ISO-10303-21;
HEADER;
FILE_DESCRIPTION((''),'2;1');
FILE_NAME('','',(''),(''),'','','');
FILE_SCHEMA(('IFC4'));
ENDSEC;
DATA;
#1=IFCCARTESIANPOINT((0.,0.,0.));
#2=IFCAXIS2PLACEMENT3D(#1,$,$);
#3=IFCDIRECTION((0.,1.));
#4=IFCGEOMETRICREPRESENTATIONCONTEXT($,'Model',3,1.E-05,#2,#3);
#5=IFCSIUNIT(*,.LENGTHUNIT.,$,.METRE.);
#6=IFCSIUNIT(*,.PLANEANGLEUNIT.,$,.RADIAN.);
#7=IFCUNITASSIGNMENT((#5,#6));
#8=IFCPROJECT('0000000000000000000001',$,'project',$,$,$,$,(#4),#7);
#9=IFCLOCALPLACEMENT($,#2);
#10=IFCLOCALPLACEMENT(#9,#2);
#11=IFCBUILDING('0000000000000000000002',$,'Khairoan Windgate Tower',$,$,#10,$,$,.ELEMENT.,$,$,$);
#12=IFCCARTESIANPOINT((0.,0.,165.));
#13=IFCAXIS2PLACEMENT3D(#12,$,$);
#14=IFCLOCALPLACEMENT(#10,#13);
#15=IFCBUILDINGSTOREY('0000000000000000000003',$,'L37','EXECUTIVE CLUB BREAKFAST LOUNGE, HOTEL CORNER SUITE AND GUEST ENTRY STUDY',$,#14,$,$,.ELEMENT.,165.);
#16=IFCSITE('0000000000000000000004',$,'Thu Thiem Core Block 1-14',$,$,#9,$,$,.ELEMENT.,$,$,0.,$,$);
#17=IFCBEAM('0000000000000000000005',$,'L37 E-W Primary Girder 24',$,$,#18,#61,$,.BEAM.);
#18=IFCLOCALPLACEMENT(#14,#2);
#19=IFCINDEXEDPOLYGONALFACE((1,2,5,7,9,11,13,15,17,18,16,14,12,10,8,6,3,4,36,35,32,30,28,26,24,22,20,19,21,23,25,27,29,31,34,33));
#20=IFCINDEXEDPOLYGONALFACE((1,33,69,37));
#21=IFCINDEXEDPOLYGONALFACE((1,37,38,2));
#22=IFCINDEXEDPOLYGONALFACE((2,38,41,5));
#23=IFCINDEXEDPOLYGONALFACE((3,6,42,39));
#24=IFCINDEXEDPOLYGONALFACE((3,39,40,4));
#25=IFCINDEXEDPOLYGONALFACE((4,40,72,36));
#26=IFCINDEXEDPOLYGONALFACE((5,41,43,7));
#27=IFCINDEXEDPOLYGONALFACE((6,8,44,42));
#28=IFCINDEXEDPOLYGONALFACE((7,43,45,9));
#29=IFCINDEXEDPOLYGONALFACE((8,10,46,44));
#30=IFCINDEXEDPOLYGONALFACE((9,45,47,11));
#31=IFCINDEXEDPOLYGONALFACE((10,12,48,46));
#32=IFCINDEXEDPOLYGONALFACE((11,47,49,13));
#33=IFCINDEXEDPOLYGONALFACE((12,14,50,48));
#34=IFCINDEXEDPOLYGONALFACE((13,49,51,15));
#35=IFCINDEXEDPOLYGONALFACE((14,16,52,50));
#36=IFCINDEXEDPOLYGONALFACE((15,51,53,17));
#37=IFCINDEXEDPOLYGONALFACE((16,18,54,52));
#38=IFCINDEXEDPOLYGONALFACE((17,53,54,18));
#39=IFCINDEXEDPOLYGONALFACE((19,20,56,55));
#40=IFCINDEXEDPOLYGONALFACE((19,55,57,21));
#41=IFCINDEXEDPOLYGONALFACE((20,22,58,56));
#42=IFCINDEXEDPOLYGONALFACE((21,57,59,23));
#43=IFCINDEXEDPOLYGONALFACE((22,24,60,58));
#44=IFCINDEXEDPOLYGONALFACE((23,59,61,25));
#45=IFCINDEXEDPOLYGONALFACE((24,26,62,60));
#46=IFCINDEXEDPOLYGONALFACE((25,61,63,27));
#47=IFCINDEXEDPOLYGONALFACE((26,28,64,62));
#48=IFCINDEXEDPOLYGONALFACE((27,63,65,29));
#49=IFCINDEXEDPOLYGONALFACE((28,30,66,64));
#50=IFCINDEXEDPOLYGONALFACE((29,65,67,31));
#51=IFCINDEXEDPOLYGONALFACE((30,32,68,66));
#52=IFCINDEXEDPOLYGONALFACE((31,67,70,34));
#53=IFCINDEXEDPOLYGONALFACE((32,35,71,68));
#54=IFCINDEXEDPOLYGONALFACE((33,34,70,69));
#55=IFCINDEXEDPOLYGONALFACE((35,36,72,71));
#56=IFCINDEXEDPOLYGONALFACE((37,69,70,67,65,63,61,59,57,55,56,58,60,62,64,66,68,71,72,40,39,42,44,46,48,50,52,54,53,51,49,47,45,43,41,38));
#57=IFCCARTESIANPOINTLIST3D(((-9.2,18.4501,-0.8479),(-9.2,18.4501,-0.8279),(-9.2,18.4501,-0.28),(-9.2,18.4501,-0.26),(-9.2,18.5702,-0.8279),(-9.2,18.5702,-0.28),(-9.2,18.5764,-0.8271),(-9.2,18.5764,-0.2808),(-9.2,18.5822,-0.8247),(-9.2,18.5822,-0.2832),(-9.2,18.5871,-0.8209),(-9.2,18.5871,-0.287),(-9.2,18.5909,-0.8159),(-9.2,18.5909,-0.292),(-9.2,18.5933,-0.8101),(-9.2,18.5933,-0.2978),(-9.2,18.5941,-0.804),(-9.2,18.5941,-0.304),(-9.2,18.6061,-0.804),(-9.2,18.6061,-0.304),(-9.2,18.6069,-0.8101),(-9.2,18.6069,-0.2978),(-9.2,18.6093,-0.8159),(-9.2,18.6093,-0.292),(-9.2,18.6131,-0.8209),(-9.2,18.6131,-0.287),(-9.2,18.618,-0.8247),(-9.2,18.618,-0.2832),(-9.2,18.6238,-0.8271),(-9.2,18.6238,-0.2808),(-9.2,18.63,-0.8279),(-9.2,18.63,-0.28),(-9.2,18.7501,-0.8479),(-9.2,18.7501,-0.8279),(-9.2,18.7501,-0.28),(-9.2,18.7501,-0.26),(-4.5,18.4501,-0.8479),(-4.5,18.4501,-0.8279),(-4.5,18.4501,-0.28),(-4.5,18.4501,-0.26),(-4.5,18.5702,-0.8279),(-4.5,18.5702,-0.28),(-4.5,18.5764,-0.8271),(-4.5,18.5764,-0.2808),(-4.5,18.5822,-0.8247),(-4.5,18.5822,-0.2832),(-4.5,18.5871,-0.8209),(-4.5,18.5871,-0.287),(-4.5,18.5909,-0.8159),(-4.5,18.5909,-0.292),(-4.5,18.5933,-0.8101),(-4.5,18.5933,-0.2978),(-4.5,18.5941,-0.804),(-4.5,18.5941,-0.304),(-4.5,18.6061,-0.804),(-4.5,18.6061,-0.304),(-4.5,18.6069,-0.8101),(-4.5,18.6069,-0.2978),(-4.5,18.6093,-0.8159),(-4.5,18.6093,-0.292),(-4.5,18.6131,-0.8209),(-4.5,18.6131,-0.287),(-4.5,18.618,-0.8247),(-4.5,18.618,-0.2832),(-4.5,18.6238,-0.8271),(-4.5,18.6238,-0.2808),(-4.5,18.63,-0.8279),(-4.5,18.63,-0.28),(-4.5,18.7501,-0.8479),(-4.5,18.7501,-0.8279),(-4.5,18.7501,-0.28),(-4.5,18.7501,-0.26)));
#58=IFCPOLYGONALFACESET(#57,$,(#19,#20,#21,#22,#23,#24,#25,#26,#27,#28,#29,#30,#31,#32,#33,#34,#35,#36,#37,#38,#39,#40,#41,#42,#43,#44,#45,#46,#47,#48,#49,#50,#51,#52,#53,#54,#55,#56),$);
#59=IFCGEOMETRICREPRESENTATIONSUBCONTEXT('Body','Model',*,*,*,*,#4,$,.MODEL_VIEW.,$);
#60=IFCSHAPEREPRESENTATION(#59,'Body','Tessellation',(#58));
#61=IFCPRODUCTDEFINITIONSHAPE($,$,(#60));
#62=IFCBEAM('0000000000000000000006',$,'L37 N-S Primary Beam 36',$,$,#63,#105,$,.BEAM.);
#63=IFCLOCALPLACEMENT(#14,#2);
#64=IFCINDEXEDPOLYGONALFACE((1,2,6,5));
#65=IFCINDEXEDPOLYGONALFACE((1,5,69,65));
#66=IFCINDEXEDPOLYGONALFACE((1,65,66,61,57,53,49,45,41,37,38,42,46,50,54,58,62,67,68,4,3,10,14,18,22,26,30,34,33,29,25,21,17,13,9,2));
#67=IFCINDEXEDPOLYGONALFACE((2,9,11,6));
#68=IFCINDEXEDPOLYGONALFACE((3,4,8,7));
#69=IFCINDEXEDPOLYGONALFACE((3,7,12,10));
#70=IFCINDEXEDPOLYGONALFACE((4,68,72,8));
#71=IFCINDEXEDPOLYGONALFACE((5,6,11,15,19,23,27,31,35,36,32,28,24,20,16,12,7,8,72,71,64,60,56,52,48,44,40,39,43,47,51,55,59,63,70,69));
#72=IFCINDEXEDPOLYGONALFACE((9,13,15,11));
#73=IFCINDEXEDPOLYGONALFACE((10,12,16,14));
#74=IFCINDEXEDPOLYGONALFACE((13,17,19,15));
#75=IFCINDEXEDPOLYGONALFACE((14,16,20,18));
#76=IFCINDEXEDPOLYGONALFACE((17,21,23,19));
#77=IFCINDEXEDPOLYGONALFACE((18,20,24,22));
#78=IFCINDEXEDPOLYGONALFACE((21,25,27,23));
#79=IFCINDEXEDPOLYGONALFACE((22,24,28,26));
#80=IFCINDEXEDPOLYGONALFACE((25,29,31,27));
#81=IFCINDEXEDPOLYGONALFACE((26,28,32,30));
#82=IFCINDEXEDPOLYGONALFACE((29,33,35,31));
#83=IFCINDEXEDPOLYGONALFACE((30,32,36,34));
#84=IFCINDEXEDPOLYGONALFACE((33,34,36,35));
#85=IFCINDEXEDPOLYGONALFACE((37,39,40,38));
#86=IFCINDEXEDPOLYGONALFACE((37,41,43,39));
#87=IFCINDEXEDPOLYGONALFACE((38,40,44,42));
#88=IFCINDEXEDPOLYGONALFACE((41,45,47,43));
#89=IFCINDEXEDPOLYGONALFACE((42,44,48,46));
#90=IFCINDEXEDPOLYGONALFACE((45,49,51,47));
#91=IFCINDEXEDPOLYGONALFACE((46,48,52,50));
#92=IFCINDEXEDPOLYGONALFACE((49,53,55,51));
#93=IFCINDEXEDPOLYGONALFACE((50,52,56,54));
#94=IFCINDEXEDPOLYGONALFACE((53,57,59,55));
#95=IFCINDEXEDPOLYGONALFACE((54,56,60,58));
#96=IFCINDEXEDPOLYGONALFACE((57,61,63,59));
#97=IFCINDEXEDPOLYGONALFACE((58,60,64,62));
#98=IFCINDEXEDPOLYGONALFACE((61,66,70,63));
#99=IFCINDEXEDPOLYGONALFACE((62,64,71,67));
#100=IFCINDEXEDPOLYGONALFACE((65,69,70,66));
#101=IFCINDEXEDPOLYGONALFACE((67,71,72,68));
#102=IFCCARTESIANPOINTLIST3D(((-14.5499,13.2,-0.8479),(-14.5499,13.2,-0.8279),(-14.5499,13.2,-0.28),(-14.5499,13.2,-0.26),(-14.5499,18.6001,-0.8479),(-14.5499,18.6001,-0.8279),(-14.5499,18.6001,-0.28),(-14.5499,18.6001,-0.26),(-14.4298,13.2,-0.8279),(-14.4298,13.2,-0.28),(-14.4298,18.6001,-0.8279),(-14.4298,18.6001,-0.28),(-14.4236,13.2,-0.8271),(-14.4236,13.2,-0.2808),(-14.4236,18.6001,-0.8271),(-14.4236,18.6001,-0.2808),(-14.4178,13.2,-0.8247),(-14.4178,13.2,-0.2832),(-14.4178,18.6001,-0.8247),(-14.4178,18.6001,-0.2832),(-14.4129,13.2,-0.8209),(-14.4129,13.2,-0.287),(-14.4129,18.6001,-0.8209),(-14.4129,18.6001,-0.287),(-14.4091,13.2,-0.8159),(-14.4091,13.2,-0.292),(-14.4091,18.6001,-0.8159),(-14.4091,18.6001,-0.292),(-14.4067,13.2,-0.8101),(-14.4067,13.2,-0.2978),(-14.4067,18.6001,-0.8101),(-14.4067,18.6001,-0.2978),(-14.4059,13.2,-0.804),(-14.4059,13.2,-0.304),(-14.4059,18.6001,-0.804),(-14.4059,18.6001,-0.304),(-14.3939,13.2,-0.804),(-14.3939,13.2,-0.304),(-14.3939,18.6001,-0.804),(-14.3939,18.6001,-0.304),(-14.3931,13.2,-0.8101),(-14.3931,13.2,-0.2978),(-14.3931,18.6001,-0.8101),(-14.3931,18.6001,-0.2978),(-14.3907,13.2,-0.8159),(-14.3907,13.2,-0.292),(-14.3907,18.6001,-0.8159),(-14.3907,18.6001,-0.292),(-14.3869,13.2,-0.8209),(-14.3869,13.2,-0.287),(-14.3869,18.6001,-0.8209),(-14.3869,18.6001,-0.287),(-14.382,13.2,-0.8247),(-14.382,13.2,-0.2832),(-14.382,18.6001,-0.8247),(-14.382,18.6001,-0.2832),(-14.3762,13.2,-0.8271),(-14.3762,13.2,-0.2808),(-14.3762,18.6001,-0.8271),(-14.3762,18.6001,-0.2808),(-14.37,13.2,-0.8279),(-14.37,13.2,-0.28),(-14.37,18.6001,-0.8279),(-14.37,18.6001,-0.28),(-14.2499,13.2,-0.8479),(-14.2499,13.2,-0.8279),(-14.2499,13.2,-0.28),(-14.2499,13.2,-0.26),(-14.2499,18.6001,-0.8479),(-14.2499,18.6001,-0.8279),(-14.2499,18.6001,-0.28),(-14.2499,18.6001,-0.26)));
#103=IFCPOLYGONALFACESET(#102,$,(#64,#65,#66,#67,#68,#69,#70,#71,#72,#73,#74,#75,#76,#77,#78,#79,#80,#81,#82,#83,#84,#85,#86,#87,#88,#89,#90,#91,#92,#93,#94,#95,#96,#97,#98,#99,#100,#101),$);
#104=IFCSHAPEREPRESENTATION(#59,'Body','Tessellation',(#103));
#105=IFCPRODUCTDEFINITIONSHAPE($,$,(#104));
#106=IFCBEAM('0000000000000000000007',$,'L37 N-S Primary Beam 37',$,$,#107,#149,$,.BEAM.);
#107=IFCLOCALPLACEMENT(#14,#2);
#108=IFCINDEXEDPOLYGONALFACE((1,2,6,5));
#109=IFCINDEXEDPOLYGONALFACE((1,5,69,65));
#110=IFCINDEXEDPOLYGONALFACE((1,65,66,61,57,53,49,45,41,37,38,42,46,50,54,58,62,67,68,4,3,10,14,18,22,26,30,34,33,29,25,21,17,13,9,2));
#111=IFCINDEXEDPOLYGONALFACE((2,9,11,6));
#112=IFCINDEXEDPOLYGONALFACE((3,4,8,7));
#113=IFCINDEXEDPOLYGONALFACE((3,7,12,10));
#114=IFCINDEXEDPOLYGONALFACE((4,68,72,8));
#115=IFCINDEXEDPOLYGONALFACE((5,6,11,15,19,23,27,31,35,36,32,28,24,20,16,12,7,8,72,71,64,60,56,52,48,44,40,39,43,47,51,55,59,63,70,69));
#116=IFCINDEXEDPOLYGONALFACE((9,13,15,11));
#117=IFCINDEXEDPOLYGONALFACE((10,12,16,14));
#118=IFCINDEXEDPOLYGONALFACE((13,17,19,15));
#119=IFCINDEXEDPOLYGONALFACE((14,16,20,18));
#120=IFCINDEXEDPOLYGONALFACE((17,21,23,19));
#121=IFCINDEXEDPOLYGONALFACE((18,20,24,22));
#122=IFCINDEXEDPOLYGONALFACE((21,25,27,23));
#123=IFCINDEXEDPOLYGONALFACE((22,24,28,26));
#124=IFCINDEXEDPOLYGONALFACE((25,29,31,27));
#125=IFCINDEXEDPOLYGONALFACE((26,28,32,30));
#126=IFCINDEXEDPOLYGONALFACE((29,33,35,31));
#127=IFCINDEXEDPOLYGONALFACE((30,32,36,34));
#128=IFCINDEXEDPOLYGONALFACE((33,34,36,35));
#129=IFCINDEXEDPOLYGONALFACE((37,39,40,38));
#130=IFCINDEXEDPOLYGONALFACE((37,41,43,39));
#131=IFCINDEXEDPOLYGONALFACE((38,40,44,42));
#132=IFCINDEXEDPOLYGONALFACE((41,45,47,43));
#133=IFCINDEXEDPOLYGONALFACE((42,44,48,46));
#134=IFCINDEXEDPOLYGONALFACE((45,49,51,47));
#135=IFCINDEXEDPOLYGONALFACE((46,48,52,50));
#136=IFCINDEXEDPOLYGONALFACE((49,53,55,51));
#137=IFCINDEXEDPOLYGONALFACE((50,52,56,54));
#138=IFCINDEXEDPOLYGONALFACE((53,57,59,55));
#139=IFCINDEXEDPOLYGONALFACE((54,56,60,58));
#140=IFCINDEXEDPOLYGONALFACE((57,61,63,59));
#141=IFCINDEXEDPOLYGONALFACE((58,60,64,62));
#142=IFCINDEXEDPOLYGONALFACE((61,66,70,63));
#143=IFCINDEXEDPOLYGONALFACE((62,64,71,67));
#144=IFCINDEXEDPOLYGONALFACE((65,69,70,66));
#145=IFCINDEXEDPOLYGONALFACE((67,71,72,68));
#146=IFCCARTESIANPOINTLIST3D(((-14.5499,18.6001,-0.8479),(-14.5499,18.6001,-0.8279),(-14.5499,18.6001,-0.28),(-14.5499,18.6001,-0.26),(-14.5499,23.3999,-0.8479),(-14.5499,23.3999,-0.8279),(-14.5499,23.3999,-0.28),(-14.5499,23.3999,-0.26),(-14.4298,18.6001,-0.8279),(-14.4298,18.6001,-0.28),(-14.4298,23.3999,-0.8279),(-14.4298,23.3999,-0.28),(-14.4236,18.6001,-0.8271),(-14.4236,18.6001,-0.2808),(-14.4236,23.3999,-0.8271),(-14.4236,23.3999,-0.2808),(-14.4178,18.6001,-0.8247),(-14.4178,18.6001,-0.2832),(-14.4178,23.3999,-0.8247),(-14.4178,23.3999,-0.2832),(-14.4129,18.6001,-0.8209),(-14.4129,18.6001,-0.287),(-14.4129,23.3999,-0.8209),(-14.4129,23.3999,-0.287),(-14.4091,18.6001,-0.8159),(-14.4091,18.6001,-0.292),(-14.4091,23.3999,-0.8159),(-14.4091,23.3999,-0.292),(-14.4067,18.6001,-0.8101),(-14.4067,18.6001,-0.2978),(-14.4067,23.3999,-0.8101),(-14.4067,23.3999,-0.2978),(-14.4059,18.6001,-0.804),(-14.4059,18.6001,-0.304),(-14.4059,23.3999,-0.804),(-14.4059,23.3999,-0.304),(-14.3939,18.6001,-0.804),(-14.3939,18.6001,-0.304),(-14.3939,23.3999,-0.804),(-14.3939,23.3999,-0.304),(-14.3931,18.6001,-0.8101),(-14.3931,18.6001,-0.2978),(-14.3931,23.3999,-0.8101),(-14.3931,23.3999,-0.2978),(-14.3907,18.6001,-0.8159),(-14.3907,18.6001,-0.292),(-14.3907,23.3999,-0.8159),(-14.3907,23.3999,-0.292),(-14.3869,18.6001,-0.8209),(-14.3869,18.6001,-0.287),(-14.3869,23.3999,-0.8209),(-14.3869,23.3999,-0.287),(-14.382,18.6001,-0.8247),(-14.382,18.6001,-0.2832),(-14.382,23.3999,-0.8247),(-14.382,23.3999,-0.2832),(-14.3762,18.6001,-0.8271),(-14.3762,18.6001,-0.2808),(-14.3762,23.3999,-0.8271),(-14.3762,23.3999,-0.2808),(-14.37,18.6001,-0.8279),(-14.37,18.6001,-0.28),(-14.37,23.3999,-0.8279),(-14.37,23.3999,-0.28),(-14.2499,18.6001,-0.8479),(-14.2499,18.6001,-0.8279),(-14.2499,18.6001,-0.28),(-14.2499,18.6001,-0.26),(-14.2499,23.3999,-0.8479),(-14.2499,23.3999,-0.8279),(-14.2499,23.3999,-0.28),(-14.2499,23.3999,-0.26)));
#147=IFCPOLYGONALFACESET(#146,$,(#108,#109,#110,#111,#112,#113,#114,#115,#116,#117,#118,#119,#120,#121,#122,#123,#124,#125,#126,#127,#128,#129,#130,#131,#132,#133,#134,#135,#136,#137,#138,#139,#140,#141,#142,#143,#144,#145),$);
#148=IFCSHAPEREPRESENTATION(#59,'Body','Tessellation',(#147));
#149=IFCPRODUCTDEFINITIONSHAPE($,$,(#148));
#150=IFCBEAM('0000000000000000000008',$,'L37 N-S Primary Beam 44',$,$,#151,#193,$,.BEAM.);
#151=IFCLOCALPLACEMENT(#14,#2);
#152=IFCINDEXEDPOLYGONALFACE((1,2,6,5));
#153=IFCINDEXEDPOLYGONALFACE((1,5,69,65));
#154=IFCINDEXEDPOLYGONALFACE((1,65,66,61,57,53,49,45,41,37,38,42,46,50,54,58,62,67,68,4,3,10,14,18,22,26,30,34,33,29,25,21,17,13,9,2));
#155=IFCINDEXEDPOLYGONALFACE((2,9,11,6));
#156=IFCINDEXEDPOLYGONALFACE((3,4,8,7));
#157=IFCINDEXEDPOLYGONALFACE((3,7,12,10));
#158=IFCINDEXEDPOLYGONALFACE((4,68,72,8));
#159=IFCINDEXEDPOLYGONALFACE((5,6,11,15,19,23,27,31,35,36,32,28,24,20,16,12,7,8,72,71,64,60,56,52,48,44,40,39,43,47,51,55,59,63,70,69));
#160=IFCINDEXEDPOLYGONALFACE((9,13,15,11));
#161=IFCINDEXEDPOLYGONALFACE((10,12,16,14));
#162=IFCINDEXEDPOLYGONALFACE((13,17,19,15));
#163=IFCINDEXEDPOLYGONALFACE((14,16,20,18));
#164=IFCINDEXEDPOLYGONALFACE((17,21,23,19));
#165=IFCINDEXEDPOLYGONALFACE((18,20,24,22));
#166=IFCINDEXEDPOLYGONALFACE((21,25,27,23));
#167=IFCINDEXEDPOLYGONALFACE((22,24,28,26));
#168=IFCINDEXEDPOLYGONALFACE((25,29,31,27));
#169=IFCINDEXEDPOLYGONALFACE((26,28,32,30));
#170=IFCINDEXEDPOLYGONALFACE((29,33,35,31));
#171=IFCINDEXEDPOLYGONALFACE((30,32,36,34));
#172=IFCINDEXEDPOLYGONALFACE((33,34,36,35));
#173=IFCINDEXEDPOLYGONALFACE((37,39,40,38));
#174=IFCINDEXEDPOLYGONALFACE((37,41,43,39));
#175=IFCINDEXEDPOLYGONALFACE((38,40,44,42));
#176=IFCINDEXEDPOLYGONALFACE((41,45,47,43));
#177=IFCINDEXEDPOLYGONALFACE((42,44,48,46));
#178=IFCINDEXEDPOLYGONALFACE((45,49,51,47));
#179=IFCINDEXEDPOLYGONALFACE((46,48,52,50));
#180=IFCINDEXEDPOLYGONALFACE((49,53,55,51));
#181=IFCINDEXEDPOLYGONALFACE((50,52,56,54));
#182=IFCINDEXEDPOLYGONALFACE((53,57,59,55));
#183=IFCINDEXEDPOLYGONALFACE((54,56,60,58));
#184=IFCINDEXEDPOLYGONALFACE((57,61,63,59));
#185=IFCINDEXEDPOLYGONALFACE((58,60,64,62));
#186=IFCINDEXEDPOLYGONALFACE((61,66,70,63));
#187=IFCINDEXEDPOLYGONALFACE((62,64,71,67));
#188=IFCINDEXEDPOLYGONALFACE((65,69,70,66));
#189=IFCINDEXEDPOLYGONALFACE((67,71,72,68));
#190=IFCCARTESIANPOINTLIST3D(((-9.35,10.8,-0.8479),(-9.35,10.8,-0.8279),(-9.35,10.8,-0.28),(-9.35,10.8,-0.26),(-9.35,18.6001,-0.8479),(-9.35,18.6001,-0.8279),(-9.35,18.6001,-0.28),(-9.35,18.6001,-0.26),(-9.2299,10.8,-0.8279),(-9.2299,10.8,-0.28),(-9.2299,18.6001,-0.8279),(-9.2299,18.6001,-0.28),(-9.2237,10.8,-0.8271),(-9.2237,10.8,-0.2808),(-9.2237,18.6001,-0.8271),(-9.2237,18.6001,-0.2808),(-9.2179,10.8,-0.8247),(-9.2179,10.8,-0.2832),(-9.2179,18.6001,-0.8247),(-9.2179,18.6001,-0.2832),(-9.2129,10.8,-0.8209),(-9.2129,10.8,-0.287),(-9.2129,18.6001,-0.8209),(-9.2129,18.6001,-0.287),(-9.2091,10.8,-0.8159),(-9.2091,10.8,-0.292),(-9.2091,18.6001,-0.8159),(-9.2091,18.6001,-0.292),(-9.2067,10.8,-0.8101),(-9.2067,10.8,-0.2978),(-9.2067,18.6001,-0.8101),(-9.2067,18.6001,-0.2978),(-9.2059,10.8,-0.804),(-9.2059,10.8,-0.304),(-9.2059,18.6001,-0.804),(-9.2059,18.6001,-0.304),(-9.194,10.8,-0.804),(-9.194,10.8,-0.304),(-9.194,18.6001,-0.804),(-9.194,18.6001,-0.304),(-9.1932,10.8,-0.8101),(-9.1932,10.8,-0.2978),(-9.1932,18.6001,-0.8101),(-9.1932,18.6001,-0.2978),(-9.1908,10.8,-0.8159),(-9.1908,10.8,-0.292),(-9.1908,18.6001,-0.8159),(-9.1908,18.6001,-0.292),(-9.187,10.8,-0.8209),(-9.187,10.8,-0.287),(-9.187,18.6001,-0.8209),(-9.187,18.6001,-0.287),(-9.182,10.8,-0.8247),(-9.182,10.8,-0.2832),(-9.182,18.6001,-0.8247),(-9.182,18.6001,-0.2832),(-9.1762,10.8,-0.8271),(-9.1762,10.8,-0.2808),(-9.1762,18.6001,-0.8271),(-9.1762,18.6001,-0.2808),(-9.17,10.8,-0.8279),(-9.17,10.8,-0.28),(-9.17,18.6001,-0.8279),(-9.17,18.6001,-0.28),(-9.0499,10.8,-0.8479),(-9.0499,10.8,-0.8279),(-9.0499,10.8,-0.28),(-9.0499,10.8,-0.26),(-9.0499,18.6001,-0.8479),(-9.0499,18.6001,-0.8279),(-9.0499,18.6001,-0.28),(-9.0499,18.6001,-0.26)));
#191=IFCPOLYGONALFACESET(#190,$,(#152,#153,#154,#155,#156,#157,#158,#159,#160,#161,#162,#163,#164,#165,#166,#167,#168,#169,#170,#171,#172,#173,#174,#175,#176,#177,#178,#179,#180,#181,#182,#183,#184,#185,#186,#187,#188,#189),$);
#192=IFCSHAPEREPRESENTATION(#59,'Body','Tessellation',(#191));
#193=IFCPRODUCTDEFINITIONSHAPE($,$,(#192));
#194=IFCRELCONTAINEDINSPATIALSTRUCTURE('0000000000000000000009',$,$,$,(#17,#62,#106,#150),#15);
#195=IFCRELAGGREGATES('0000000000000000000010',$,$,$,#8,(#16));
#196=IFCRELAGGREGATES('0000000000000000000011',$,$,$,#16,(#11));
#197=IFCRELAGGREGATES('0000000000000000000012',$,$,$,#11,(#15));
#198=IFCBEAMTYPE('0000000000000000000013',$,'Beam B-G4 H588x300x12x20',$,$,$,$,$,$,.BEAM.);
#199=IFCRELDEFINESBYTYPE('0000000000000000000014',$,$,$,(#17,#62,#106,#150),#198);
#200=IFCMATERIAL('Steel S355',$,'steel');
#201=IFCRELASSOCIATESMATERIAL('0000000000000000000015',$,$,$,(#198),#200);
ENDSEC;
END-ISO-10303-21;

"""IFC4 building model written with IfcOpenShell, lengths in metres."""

from ifc_helpers import new_model, si_unit, direction, frame, origin, origin_2d, place, context, subcontext, project, spatial, i_section, extrude, material, material_profile, profile_set, type_object, element, save


model = new_model("IFC4")

# Units and contexts
model_context = context("Model", 3, precision=1e-05, world=origin(), true_north=direction((0.0, 1.0)))
body_context = subcontext(model_context, "Body", "Model", "MODEL_VIEW")
ifc_project = project(units=[si_unit("LENGTHUNIT", "METRE"), si_unit("PLANEANGLEUNIT", "RADIAN")], contexts=[model_context])

# Site, building, storey
site_placement = place(None, origin())
site = spatial("IfcSite", under=ifc_project, at=site_placement, Name="Thu Thiem Core Block 1-14", CompositionType="ELEMENT", RefElevation=0.0)
building_placement = place(site_placement, origin())
building = spatial("IfcBuilding", under=site, at=building_placement, Name="Khairoan Windgate Tower", CompositionType="ELEMENT")
storey_placement = place(building_placement, frame((0.0, 0.0, 165.0)))
storey = spatial("IfcBuildingStorey", under=building, at=storey_placement, Name="L37", Description="EXECUTIVE CLUB BREAKFAST LOUNGE, HOTEL CORNER SUITE AND GUEST ENTRY STUDY", CompositionType="ELEMENT", Elevation=165.0)

# Beams
ifc_material_1 = material(Name="Steel S355", Category="steel")
ifc_material_profile_1 = material_profile(ifc_material_1, i_section(OverallWidth=0.3, OverallDepth=0.5879, WebThickness=0.012, FlangeThickness=0.02, FilletRadius=0.0239, at=origin_2d()))
ifc_profile_set_1 = profile_set([ifc_material_profile_1], Name="Steel S355")
beam_type_1 = type_object("IfcBeamType", Name="Beam B-G4 H588x300x12x20", PredefinedType="BEAM", material=ifc_profile_set_1)
beam_1_placement = place(storey_placement, frame((-9.2, 18.6001, -0.554), z_axis=(1.0, 0.0, 0.0), x_axis=(0.0, 1.0, 0.0)))
element("IfcBeam", 1, at=beam_1_placement, inside=storey, type_object=beam_type_1, Name="L37 E-W Primary Girder 24", PredefinedType="BEAM", context=body_context, shape_type="SweptSolid", body=[
    extrude(i_section(OverallWidth=0.3, OverallDepth=0.5879, WebThickness=0.012, FlangeThickness=0.02, FilletRadius=0.0239, at=origin_2d()), origin(), (0.0, 0.0, 1.0), 4.7),
])
beam_2_placement = place(storey_placement, frame((-14.3999, 13.2, -0.554), z_axis=(0.0, 1.0, 0.0), x_axis=(-1.0, 0.0, 0.0)))
element("IfcBeam", 2, at=beam_2_placement, inside=storey, type_object=beam_type_1, Name="L37 N-S Primary Beam 36", PredefinedType="BEAM", context=body_context, shape_type="SweptSolid", body=[
    extrude(i_section(OverallWidth=0.3, OverallDepth=0.5879, WebThickness=0.012, FlangeThickness=0.02, FilletRadius=0.0239, at=origin_2d()), origin(), (0.0, 0.0, 1.0), 5.4001),
])
beam_3_placement = place(storey_placement, frame((-14.3999, 18.6001, -0.554), z_axis=(0.0, 1.0, 0.0), x_axis=(-1.0, 0.0, 0.0)))
element("IfcBeam", 3, at=beam_3_placement, inside=storey, type_object=beam_type_1, Name="L37 N-S Primary Beam 37", PredefinedType="BEAM", context=body_context, shape_type="SweptSolid", body=[
    extrude(i_section(OverallWidth=0.3, OverallDepth=0.5879, WebThickness=0.012, FlangeThickness=0.02, FilletRadius=0.0239, at=origin_2d()), origin(), (0.0, 0.0, 1.0), 4.7998),
])
beam_4_placement = place(storey_placement, frame((-9.2, 10.8, -0.554), z_axis=(0.0, 1.0, 0.0), x_axis=(-1.0, 0.0, 0.0)))
element("IfcBeam", 4, at=beam_4_placement, inside=storey, type_object=beam_type_1, Name="L37 N-S Primary Beam 44", PredefinedType="BEAM", context=body_context, shape_type="SweptSolid", body=[
    extrude(i_section(OverallWidth=0.3, OverallDepth=0.5879, WebThickness=0.012, FlangeThickness=0.02, FilletRadius=0.0239, at=origin_2d()), origin(), (0.0, 0.0, 1.0), 7.8),
])

save(model, "model.ifc")
